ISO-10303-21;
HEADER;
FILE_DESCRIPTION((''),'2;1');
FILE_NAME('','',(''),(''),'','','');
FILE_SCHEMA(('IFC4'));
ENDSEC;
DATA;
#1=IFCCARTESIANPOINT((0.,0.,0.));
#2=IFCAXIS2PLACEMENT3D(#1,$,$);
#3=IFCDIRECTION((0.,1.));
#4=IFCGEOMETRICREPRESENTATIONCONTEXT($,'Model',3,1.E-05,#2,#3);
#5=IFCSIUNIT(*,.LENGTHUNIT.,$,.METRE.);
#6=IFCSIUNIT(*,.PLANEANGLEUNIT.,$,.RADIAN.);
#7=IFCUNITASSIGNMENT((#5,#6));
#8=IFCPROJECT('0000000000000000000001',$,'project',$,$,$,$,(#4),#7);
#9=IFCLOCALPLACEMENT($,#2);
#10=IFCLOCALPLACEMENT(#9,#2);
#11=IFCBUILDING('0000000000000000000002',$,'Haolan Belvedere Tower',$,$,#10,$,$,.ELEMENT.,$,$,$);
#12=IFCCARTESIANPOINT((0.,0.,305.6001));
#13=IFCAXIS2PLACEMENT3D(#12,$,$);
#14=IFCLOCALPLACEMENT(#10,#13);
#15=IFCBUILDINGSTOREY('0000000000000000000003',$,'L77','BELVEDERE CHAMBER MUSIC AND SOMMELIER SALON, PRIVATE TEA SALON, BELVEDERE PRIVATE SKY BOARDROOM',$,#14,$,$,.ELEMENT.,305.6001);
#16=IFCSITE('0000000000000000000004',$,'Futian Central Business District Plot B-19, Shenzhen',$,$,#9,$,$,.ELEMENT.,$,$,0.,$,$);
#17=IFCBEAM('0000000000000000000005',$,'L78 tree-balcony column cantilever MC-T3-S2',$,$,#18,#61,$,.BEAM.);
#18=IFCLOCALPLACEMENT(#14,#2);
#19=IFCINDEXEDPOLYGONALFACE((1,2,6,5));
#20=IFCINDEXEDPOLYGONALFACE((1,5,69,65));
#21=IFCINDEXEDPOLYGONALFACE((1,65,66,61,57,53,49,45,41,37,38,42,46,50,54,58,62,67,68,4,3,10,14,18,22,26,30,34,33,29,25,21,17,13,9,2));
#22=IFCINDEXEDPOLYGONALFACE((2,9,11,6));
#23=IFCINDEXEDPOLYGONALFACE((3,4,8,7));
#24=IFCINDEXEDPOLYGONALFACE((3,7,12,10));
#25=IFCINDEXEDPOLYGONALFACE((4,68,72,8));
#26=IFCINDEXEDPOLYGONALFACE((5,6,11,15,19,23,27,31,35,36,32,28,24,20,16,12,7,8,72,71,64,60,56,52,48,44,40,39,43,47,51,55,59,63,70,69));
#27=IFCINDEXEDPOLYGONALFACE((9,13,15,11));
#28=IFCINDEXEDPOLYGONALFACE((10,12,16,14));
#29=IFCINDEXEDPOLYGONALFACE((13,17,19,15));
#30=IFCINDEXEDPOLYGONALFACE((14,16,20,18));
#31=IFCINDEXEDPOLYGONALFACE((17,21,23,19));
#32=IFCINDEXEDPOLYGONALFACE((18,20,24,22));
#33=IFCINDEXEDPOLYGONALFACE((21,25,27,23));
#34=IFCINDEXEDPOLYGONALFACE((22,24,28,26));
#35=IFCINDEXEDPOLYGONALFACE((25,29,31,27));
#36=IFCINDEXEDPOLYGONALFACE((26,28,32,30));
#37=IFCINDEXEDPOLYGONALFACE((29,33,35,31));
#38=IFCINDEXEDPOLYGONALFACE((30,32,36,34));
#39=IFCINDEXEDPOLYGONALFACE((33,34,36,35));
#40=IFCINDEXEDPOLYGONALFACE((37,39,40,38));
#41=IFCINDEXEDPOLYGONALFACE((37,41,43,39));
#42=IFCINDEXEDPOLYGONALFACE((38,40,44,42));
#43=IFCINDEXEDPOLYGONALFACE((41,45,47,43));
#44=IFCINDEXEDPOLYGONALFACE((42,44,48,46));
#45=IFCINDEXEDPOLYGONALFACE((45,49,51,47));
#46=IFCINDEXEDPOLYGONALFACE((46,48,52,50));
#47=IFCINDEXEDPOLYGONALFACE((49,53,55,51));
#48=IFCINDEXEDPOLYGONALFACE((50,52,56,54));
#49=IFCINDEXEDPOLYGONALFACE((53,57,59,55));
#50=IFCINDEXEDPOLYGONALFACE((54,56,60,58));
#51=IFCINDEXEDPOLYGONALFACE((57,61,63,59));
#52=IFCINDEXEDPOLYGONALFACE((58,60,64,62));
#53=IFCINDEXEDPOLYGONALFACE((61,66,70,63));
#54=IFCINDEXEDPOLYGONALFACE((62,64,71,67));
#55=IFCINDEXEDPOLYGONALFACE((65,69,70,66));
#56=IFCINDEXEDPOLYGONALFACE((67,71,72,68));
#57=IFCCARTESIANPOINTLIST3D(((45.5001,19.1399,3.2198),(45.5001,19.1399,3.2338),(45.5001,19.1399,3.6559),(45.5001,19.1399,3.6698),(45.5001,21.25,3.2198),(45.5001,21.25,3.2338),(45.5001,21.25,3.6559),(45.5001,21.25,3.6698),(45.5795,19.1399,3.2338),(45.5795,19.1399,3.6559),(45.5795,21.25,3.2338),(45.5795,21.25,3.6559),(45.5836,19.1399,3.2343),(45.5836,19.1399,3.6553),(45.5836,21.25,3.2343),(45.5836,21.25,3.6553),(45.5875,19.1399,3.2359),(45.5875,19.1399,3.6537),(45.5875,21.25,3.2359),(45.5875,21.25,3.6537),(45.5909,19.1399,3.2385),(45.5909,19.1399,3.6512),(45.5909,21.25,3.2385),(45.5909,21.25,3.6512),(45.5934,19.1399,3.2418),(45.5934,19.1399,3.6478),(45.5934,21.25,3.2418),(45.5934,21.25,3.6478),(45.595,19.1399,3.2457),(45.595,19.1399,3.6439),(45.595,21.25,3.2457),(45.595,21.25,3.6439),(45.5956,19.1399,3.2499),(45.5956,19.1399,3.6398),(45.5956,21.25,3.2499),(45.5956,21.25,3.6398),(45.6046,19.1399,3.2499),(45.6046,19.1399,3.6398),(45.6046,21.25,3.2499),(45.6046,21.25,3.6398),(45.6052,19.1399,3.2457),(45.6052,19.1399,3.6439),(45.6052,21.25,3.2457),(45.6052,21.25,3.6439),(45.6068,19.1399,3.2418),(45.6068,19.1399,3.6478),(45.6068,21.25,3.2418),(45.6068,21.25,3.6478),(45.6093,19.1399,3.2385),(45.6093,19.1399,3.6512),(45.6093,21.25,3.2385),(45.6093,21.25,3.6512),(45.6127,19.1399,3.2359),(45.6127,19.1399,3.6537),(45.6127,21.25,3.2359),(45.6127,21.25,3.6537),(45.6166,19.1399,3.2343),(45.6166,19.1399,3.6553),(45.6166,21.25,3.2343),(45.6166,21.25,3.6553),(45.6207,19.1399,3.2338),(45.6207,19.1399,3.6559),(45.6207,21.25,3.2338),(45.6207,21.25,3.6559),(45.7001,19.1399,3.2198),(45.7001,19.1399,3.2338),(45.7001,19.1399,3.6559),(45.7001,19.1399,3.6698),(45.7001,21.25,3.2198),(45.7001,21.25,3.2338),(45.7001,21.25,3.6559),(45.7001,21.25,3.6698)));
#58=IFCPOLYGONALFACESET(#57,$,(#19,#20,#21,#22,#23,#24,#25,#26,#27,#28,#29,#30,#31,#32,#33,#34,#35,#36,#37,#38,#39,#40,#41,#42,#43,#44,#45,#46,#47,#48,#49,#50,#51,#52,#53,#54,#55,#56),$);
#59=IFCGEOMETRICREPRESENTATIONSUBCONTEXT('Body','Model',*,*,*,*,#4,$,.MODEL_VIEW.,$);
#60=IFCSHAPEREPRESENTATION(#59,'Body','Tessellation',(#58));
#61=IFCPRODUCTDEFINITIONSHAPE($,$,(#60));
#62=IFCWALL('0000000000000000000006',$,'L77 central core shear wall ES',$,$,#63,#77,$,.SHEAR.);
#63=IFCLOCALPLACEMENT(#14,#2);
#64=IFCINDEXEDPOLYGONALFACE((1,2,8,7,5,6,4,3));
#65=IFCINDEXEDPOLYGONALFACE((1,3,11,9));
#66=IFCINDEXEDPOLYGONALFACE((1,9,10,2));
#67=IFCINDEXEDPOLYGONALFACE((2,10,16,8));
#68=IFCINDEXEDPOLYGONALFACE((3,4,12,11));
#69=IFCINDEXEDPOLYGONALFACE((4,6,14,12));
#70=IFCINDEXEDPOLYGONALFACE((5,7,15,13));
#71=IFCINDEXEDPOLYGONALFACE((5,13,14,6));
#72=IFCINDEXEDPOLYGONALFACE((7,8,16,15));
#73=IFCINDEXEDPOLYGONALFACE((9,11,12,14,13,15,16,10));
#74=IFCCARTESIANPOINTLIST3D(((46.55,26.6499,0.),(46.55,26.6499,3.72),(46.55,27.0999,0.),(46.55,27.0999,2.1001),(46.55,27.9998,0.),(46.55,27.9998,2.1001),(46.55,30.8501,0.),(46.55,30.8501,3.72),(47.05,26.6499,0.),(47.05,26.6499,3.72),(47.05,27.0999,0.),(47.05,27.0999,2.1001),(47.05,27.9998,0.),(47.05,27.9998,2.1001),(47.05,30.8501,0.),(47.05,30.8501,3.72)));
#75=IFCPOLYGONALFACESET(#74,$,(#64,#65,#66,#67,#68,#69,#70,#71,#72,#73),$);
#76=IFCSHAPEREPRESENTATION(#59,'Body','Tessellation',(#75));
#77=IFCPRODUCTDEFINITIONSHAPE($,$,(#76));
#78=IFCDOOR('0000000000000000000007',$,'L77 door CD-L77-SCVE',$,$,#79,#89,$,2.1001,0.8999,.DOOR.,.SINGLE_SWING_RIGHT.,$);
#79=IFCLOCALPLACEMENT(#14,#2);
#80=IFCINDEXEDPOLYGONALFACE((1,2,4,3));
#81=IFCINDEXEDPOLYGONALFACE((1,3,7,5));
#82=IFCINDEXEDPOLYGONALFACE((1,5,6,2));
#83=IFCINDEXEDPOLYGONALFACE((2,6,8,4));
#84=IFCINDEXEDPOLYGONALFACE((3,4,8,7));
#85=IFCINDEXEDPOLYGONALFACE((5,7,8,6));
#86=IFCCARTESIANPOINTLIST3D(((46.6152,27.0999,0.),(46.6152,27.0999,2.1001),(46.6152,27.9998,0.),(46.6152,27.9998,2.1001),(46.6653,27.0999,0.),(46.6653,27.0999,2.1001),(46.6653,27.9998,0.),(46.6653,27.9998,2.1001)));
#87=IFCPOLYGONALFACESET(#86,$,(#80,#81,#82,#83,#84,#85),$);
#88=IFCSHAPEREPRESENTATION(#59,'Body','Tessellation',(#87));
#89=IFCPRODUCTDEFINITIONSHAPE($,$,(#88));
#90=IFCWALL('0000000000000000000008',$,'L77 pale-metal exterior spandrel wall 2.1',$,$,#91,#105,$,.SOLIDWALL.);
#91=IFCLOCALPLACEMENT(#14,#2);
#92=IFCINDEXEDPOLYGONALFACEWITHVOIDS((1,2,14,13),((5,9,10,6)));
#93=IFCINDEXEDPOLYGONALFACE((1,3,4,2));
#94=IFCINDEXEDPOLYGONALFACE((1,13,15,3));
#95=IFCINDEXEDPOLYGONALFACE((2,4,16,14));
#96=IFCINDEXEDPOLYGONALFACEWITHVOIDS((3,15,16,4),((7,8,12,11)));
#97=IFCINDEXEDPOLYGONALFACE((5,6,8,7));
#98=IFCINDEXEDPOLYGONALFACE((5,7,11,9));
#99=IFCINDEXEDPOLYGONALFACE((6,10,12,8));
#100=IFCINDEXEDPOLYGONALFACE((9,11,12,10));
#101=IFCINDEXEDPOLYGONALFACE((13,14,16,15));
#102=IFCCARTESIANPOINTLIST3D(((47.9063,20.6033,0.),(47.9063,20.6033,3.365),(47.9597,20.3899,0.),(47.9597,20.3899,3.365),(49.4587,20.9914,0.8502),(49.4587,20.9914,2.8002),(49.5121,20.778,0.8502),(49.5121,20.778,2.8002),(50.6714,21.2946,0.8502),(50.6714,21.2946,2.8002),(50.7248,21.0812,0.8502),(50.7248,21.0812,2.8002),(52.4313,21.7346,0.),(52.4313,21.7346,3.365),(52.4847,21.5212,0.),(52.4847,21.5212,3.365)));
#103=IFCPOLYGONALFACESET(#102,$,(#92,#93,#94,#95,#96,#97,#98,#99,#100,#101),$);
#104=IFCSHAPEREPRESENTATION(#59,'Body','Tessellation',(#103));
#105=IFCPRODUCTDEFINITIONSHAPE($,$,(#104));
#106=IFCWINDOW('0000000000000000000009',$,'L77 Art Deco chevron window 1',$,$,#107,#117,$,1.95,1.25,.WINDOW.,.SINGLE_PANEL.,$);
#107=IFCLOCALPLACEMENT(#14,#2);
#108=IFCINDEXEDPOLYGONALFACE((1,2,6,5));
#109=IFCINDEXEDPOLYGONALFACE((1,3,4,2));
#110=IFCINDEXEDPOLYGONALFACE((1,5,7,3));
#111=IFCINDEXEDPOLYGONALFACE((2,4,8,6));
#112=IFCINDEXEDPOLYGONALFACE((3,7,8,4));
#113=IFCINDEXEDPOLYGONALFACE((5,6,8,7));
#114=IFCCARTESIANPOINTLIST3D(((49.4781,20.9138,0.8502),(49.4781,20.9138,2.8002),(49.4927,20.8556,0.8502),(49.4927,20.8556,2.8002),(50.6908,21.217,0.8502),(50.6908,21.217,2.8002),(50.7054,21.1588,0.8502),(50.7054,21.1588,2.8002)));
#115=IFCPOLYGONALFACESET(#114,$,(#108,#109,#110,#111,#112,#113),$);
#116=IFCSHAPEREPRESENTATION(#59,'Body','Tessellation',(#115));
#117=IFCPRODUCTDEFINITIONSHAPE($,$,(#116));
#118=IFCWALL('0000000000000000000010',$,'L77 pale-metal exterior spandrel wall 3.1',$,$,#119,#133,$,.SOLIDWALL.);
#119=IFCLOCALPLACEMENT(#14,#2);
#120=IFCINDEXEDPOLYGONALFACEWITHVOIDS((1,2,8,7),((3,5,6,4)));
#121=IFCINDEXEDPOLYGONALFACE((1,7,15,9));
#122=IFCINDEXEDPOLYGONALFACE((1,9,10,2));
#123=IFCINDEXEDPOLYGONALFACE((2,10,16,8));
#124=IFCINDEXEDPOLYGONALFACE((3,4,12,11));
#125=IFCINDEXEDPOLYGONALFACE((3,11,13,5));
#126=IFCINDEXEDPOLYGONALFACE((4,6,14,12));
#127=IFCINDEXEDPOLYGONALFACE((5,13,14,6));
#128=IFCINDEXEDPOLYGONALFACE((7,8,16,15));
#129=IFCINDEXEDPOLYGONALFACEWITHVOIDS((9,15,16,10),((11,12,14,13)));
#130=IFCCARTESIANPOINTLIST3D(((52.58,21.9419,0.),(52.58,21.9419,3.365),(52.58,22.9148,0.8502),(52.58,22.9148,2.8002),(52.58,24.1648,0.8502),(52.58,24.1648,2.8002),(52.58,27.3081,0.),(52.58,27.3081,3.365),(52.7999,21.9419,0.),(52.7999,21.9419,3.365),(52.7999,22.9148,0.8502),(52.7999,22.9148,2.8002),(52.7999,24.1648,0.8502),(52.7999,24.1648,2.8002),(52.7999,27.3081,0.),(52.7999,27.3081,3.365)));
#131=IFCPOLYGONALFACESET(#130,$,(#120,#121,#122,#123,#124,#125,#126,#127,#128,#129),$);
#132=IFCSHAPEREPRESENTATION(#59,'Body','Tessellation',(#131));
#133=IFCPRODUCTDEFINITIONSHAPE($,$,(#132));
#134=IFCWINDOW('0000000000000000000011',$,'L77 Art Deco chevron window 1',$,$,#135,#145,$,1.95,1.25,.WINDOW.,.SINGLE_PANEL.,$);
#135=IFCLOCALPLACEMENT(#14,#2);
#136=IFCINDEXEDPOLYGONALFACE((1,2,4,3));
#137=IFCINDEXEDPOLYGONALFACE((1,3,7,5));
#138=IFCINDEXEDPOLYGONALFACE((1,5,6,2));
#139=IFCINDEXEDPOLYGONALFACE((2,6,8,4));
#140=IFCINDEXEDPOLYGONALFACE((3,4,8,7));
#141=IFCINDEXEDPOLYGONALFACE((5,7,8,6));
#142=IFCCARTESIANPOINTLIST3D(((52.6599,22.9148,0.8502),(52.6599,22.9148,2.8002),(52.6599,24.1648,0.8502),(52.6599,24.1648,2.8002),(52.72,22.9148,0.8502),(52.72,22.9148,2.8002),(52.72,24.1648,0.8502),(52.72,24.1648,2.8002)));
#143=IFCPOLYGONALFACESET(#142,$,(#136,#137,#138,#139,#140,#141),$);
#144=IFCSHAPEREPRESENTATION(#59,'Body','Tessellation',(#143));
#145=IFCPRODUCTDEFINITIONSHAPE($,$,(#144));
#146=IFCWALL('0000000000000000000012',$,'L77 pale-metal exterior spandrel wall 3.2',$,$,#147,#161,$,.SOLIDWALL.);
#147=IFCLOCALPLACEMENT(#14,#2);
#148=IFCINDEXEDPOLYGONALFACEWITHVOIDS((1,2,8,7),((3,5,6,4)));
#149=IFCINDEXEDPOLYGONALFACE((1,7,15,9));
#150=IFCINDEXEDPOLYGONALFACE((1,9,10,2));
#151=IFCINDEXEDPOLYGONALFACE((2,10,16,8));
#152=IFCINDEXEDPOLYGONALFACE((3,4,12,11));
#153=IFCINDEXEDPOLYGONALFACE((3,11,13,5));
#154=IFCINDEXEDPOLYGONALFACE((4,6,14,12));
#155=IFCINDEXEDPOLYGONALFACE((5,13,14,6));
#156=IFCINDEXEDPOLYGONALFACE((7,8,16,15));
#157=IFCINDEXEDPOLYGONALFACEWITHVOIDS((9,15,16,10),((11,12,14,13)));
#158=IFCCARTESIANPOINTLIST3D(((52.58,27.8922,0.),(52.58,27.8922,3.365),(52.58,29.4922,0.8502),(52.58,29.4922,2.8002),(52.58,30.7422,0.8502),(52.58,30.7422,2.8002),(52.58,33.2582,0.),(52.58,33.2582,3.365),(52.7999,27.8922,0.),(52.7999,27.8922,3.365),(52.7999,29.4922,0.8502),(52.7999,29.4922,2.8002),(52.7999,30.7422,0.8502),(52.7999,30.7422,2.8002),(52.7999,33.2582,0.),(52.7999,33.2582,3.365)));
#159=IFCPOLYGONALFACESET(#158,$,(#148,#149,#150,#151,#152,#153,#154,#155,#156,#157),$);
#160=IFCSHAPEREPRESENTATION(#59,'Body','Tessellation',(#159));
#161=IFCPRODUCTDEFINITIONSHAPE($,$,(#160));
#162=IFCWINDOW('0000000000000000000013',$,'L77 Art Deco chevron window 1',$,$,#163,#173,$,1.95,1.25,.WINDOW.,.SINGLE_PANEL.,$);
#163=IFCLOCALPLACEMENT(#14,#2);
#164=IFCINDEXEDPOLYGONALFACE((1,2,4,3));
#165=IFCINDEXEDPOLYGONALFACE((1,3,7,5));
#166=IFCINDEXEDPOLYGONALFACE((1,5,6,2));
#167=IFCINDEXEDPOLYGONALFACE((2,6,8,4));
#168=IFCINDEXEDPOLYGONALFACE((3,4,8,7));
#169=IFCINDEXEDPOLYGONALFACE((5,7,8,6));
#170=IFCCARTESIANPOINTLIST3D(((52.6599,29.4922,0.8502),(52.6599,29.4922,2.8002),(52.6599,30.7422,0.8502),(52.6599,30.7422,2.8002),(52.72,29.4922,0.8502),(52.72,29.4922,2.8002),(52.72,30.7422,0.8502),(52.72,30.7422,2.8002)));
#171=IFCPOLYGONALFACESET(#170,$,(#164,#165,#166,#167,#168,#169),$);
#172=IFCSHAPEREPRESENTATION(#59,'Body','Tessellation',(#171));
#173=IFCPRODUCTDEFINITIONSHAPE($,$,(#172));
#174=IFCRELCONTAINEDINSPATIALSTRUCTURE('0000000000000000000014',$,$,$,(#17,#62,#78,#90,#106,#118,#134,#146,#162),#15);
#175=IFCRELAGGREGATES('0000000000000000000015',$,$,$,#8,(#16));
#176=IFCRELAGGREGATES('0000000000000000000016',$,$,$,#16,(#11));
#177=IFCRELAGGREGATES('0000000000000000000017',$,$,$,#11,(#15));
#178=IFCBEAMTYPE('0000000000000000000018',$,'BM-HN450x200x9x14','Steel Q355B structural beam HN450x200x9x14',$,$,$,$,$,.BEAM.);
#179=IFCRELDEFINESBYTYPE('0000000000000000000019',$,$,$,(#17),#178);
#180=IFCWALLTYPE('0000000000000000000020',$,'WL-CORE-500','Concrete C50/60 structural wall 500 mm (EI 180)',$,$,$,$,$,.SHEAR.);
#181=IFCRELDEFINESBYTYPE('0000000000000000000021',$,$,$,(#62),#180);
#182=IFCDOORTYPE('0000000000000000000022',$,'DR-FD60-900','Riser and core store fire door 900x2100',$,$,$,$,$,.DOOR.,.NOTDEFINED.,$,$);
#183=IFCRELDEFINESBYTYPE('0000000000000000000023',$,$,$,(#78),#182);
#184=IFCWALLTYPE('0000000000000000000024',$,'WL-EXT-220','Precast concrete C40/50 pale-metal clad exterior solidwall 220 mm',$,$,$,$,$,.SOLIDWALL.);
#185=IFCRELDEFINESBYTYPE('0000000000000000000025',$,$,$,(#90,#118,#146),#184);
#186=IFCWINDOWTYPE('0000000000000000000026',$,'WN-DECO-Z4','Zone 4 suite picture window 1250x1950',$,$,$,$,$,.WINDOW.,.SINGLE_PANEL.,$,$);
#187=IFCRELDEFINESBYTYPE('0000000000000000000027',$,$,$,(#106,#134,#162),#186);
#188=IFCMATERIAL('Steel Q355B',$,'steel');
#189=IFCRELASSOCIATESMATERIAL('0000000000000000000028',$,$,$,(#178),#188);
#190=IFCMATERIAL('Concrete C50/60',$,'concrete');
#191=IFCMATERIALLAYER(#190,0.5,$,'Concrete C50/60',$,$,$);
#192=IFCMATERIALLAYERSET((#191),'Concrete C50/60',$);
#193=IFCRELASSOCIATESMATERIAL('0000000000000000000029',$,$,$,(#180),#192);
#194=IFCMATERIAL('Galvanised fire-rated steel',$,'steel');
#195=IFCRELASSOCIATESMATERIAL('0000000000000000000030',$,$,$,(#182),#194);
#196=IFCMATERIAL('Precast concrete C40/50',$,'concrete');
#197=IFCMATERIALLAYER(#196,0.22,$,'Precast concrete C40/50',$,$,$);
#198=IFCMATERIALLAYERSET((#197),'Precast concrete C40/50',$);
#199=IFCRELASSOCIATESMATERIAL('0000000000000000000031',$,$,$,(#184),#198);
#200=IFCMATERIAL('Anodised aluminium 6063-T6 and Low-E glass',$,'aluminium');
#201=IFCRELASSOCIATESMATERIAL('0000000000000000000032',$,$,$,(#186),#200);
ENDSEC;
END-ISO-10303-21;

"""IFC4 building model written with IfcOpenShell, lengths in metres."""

from ifc_helpers import new_model, si_unit, direction, frame, frame_2d, origin, origin_2d, place, context, subcontext, project, spatial, rectangle, i_section, extrude, material, layer, layer_set, material_profile, profile_set, type_object, element, fill, save


model = new_model("IFC4")

# Units and contexts
model_context = context("Model", 3, precision=1e-05, world=origin(), true_north=direction((0.0, 1.0)))
body_context = subcontext(model_context, "Body", "Model", "MODEL_VIEW")
ifc_project = project(units=[si_unit("LENGTHUNIT", "METRE"), si_unit("PLANEANGLEUNIT", "RADIAN")], contexts=[model_context])

# Site, building, storey
site_placement = place(None, origin())
site = spatial("IfcSite", under=ifc_project, at=site_placement, Name="Futian Central Business District Plot B-19, Shenzhen", CompositionType="ELEMENT", RefElevation=0.0)
building_placement = place(site_placement, origin())
building = spatial("IfcBuilding", under=site, at=building_placement, Name="Haolan Belvedere Tower", CompositionType="ELEMENT")
storey_placement = place(building_placement, frame((0.0, 0.0, 305.6001)))
storey = spatial("IfcBuildingStorey", under=building, at=storey_placement, Name="L77", Description="BELVEDERE CHAMBER MUSIC AND SOMMELIER SALON, PRIVATE TEA SALON, BELVEDERE PRIVATE SKY BOARDROOM", CompositionType="ELEMENT", Elevation=305.6001)

# Beam
ifc_material_1 = material(Name="Steel Q355B", Category="steel")
ifc_material_profile_1 = material_profile(ifc_material_1, i_section(OverallWidth=0.2, OverallDepth=0.45, WebThickness=0.009, FlangeThickness=0.0139, FilletRadius=0.0161, at=origin_2d()), Name="Steel Q355B")
ifc_profile_set_1 = profile_set([ifc_material_profile_1], Name="Steel Q355B")
beam_type_1 = type_object("IfcBeamType", Name="BM-HN450x200x9x14", Description="Steel Q355B structural beam HN450x200x9x14", PredefinedType="BEAM", material=ifc_profile_set_1)
beam_1_placement = place(storey_placement, frame((45.6001, 21.25, 3.4448), z_axis=(0.0, -1.0, 0.0), x_axis=(1.0, 0.0, 0.0)))
element("IfcBeam", 1, at=beam_1_placement, inside=storey, type_object=beam_type_1, Name="L78 tree-balcony column cantilever MC-T3-S2", PredefinedType="BEAM", context=body_context, shape_type="SweptSolid", body=[
    extrude(i_section(OverallWidth=0.2, OverallDepth=0.45, WebThickness=0.009, FlangeThickness=0.0139, FilletRadius=0.0161, at=origin_2d()), origin(), (0.0, 0.0, 1.0), 2.1101),
])

# Wall, opening, door
ifc_material_2 = material(Name="Concrete C50/60", Category="concrete")
ifc_layer_1 = layer(ifc_material_2, 0.5, Name="Concrete C50/60")
ifc_layer_set_1 = layer_set([ifc_layer_1], Name="Concrete C50/60")
wall_type_1 = type_object("IfcWallType", Name="WL-CORE-500", Description="Concrete C50/60 structural wall 500 mm (EI 180)", PredefinedType="SHEAR", material=ifc_layer_set_1)
wall_1_placement = place(storey_placement, frame((46.8, 26.6499, 0.0), z_axis=(0.0, 0.0, 1.0), x_axis=(0.0, 1.0, 0.0)))
wall_1 = element("IfcWall", 2, at=wall_1_placement, inside=storey, type_object=wall_type_1, Name="L77 central core shear wall ES", PredefinedType="SHEAR", context=body_context, shape_type="SweptSolid", body=[
    extrude(rectangle(XDim=4.2002, YDim=0.5, at=frame_2d((2.1001, 0.0))), origin(), (0.0, 0.0, 1.0), 3.72),
])
opening_1_placement = place(wall_1_placement, frame((1.3499, 0.0, 0.0), z_axis=(0.0, 0.0, 1.0), x_axis=(-1.0, 0.0, 0.0)))
opening_1 = element("IfcOpeningElement", 3, at=opening_1_placement, cuts=wall_1, PredefinedType="OPENING", context=body_context, shape_type="SweptSolid", body=[
    extrude(rectangle(XDim=0.8999, YDim=2.1001, at=frame_2d((0.45, 1.05))), frame((0.0, 0.26, 0.0), z_axis=(0.0, -1.0, 0.0), x_axis=(1.0, 0.0, 0.0)), (0.0, 0.0, 1.0), 0.52),
])
ifc_material_3 = material(Name="Galvanised fire-rated steel", Category="steel")
door_type_1 = type_object("IfcDoorType", Name="DR-FD60-900", Description="Riser and core store fire door 900x2100", OperationType="NOTDEFINED", PredefinedType="DOOR", material=ifc_material_3)
door_1_placement = place(opening_1_placement, origin())
door_1 = element("IfcDoor", 4, at=door_1_placement, inside=storey, type_object=door_type_1, Name="L77 door CD-L77-SCVE", OperationType="SINGLE_SWING_RIGHT", OverallHeight=2.1001, OverallWidth=0.8999, PredefinedType="DOOR", context=body_context, shape_type="SweptSolid", body=[
    extrude(rectangle(XDim=0.8999, YDim=2.1001, at=frame_2d((0.45, 1.05))), frame((0.0, -0.1348, 0.0), z_axis=(0.0, -1.0, 0.0), x_axis=(1.0, 0.0, 0.0)), (0.0, 0.0, 1.0), 0.05),
])
fill(opening_1, door_1)

# Walls, openings, windows
ifc_material_4 = material(Name="Precast concrete C40/50", Category="concrete")
ifc_layer_2 = layer(ifc_material_4, 0.22, Name="Precast concrete C40/50")
ifc_layer_set_2 = layer_set([ifc_layer_2], Name="Precast concrete C40/50")
wall_type_2 = type_object("IfcWallType", Name="WL-EXT-220", Description="Precast concrete C40/50 pale-metal clad exterior solidwall 220 mm", PredefinedType="SOLIDWALL", material=ifc_layer_set_2)
wall_2_placement = place(storey_placement, frame((47.9331, 20.4966, 0.0), z_axis=(0.0, 0.0, 1.0), x_axis=(0.970136, 0.24256, 0.0)))
wall_2 = element("IfcWall", 5, at=wall_2_placement, inside=storey, type_object=wall_type_2, Name="L77 pale-metal exterior spandrel wall 2.1", PredefinedType="SOLIDWALL", context=body_context, shape_type="SweptSolid", body=[
    extrude(rectangle(XDim=4.6643, YDim=0.22, at=frame_2d((2.332, 0.0))), origin(), (0.0, 0.0, 1.0), 3.365),
])
opening_2_placement = place(wall_2_placement, frame((1.6001, 0.0, 0.8501)))
opening_2 = element("IfcOpeningElement", 6, at=opening_2_placement, cuts=wall_2, PredefinedType="OPENING", context=body_context, shape_type="SweptSolid", body=[
    extrude(rectangle(XDim=1.25, YDim=1.95, at=frame_2d((0.625, 0.9751))), frame((0.0, 0.1199, 0.0), z_axis=(0.0, -1.0, 0.0), x_axis=(1.0, 0.0, 0.0)), (0.0, 0.0, 1.0), 0.24),
])
ifc_material_5 = material(Name="Anodised aluminium 6063-T6 and Low-E glass", Category="aluminium")
window_type = type_object("IfcWindowType", Name="WN-DECO-Z4", Description="Zone 4 suite picture window 1250x1950", PartitioningType="SINGLE_PANEL", PredefinedType="WINDOW", material=ifc_material_5)
window_1_placement = place(opening_2_placement, origin())
window_1 = element("IfcWindow", 7, at=window_1_placement, inside=storey, type_object=window_type, Name="L77 Art Deco chevron window 1", OverallHeight=1.95, OverallWidth=1.25, PartitioningType="SINGLE_PANEL", PredefinedType="WINDOW", context=body_context, shape_type="SweptSolid", body=[
    extrude(rectangle(XDim=1.25, YDim=1.95, at=frame_2d((0.625, 0.9751))), frame((0.0, 0.03, 0.0), z_axis=(0.0, -1.0, 0.0), x_axis=(1.0, 0.0, 0.0)), (0.0, 0.0, 1.0), 0.0601),
])
fill(opening_2, window_1)
wall_3_placement = place(storey_placement, frame((52.6899, 21.9419, 0.0), z_axis=(0.0, 0.0, 1.0), x_axis=(0.0, 1.0, 0.0)))
wall_3 = element("IfcWall", 8, at=wall_3_placement, inside=storey, type_object=wall_type_2, Name="L77 pale-metal exterior spandrel wall 3.1", PredefinedType="SOLIDWALL", context=body_context, shape_type="SweptSolid", body=[
    extrude(rectangle(XDim=5.3662, YDim=0.22, at=frame_2d((2.6831, 0.0))), origin(), (0.0, 0.0, 1.0), 3.365),
])
opening_3_placement = place(wall_3_placement, frame((0.9729, 0.0, 0.8501)))
opening_3 = element("IfcOpeningElement", 9, at=opening_3_placement, cuts=wall_3, PredefinedType="OPENING", context=body_context, shape_type="SweptSolid", body=[
    extrude(rectangle(XDim=1.25, YDim=1.95, at=frame_2d((0.625, 0.9751))), frame((0.0, 0.1199, 0.0), z_axis=(0.0, -1.0, 0.0), x_axis=(1.0, 0.0, 0.0)), (0.0, 0.0, 1.0), 0.24),
])
window_2_placement = place(opening_3_placement, origin())
window_2 = element("IfcWindow", 10, at=window_2_placement, inside=storey, type_object=window_type, Name="L77 Art Deco chevron window 1", OverallHeight=1.95, OverallWidth=1.25, PartitioningType="SINGLE_PANEL", PredefinedType="WINDOW", context=body_context, shape_type="SweptSolid", body=[
    extrude(rectangle(XDim=1.25, YDim=1.95, at=frame_2d((0.625, 0.9751))), frame((0.0, 0.03, 0.0), z_axis=(0.0, -1.0, 0.0), x_axis=(1.0, 0.0, 0.0)), (0.0, 0.0, 1.0), 0.0601),
])
fill(opening_3, window_2)
wall_4_placement = place(storey_placement, frame((52.6899, 27.8921, 0.0), z_axis=(0.0, 0.0, 1.0), x_axis=(0.0, 1.0, 0.0)))
wall_4 = element("IfcWall", 11, at=wall_4_placement, inside=storey, type_object=wall_type_2, Name="L77 pale-metal exterior spandrel wall 3.2", PredefinedType="SOLIDWALL", context=body_context, shape_type="SweptSolid", body=[
    extrude(rectangle(XDim=5.366, YDim=0.22, at=frame_2d((2.6831, 0.0))), origin(), (0.0, 0.0, 1.0), 3.365),
])
opening_4_placement = place(wall_4_placement, frame((1.6001, 0.0, 0.8501)))
opening_4 = element("IfcOpeningElement", 12, at=opening_4_placement, cuts=wall_4, PredefinedType="OPENING", context=body_context, shape_type="SweptSolid", body=[
    extrude(rectangle(XDim=1.25, YDim=1.95, at=frame_2d((0.625, 0.9751))), frame((0.0, 0.1199, 0.0), z_axis=(0.0, -1.0, 0.0), x_axis=(1.0, 0.0, 0.0)), (0.0, 0.0, 1.0), 0.24),
])
window_3_placement = place(opening_4_placement, origin())
window_3 = element("IfcWindow", 13, at=window_3_placement, inside=storey, type_object=window_type, Name="L77 Art Deco chevron window 1", OverallHeight=1.95, OverallWidth=1.25, PartitioningType="SINGLE_PANEL", PredefinedType="WINDOW", context=body_context, shape_type="SweptSolid", body=[
    extrude(rectangle(XDim=1.25, YDim=1.95, at=frame_2d((0.625, 0.9751))), frame((0.0, 0.03, 0.0), z_axis=(0.0, -1.0, 0.0), x_axis=(1.0, 0.0, 0.0)), (0.0, 0.0, 1.0), 0.0601),
])
fill(opening_4, window_3)

save(model, "model.ifc")
